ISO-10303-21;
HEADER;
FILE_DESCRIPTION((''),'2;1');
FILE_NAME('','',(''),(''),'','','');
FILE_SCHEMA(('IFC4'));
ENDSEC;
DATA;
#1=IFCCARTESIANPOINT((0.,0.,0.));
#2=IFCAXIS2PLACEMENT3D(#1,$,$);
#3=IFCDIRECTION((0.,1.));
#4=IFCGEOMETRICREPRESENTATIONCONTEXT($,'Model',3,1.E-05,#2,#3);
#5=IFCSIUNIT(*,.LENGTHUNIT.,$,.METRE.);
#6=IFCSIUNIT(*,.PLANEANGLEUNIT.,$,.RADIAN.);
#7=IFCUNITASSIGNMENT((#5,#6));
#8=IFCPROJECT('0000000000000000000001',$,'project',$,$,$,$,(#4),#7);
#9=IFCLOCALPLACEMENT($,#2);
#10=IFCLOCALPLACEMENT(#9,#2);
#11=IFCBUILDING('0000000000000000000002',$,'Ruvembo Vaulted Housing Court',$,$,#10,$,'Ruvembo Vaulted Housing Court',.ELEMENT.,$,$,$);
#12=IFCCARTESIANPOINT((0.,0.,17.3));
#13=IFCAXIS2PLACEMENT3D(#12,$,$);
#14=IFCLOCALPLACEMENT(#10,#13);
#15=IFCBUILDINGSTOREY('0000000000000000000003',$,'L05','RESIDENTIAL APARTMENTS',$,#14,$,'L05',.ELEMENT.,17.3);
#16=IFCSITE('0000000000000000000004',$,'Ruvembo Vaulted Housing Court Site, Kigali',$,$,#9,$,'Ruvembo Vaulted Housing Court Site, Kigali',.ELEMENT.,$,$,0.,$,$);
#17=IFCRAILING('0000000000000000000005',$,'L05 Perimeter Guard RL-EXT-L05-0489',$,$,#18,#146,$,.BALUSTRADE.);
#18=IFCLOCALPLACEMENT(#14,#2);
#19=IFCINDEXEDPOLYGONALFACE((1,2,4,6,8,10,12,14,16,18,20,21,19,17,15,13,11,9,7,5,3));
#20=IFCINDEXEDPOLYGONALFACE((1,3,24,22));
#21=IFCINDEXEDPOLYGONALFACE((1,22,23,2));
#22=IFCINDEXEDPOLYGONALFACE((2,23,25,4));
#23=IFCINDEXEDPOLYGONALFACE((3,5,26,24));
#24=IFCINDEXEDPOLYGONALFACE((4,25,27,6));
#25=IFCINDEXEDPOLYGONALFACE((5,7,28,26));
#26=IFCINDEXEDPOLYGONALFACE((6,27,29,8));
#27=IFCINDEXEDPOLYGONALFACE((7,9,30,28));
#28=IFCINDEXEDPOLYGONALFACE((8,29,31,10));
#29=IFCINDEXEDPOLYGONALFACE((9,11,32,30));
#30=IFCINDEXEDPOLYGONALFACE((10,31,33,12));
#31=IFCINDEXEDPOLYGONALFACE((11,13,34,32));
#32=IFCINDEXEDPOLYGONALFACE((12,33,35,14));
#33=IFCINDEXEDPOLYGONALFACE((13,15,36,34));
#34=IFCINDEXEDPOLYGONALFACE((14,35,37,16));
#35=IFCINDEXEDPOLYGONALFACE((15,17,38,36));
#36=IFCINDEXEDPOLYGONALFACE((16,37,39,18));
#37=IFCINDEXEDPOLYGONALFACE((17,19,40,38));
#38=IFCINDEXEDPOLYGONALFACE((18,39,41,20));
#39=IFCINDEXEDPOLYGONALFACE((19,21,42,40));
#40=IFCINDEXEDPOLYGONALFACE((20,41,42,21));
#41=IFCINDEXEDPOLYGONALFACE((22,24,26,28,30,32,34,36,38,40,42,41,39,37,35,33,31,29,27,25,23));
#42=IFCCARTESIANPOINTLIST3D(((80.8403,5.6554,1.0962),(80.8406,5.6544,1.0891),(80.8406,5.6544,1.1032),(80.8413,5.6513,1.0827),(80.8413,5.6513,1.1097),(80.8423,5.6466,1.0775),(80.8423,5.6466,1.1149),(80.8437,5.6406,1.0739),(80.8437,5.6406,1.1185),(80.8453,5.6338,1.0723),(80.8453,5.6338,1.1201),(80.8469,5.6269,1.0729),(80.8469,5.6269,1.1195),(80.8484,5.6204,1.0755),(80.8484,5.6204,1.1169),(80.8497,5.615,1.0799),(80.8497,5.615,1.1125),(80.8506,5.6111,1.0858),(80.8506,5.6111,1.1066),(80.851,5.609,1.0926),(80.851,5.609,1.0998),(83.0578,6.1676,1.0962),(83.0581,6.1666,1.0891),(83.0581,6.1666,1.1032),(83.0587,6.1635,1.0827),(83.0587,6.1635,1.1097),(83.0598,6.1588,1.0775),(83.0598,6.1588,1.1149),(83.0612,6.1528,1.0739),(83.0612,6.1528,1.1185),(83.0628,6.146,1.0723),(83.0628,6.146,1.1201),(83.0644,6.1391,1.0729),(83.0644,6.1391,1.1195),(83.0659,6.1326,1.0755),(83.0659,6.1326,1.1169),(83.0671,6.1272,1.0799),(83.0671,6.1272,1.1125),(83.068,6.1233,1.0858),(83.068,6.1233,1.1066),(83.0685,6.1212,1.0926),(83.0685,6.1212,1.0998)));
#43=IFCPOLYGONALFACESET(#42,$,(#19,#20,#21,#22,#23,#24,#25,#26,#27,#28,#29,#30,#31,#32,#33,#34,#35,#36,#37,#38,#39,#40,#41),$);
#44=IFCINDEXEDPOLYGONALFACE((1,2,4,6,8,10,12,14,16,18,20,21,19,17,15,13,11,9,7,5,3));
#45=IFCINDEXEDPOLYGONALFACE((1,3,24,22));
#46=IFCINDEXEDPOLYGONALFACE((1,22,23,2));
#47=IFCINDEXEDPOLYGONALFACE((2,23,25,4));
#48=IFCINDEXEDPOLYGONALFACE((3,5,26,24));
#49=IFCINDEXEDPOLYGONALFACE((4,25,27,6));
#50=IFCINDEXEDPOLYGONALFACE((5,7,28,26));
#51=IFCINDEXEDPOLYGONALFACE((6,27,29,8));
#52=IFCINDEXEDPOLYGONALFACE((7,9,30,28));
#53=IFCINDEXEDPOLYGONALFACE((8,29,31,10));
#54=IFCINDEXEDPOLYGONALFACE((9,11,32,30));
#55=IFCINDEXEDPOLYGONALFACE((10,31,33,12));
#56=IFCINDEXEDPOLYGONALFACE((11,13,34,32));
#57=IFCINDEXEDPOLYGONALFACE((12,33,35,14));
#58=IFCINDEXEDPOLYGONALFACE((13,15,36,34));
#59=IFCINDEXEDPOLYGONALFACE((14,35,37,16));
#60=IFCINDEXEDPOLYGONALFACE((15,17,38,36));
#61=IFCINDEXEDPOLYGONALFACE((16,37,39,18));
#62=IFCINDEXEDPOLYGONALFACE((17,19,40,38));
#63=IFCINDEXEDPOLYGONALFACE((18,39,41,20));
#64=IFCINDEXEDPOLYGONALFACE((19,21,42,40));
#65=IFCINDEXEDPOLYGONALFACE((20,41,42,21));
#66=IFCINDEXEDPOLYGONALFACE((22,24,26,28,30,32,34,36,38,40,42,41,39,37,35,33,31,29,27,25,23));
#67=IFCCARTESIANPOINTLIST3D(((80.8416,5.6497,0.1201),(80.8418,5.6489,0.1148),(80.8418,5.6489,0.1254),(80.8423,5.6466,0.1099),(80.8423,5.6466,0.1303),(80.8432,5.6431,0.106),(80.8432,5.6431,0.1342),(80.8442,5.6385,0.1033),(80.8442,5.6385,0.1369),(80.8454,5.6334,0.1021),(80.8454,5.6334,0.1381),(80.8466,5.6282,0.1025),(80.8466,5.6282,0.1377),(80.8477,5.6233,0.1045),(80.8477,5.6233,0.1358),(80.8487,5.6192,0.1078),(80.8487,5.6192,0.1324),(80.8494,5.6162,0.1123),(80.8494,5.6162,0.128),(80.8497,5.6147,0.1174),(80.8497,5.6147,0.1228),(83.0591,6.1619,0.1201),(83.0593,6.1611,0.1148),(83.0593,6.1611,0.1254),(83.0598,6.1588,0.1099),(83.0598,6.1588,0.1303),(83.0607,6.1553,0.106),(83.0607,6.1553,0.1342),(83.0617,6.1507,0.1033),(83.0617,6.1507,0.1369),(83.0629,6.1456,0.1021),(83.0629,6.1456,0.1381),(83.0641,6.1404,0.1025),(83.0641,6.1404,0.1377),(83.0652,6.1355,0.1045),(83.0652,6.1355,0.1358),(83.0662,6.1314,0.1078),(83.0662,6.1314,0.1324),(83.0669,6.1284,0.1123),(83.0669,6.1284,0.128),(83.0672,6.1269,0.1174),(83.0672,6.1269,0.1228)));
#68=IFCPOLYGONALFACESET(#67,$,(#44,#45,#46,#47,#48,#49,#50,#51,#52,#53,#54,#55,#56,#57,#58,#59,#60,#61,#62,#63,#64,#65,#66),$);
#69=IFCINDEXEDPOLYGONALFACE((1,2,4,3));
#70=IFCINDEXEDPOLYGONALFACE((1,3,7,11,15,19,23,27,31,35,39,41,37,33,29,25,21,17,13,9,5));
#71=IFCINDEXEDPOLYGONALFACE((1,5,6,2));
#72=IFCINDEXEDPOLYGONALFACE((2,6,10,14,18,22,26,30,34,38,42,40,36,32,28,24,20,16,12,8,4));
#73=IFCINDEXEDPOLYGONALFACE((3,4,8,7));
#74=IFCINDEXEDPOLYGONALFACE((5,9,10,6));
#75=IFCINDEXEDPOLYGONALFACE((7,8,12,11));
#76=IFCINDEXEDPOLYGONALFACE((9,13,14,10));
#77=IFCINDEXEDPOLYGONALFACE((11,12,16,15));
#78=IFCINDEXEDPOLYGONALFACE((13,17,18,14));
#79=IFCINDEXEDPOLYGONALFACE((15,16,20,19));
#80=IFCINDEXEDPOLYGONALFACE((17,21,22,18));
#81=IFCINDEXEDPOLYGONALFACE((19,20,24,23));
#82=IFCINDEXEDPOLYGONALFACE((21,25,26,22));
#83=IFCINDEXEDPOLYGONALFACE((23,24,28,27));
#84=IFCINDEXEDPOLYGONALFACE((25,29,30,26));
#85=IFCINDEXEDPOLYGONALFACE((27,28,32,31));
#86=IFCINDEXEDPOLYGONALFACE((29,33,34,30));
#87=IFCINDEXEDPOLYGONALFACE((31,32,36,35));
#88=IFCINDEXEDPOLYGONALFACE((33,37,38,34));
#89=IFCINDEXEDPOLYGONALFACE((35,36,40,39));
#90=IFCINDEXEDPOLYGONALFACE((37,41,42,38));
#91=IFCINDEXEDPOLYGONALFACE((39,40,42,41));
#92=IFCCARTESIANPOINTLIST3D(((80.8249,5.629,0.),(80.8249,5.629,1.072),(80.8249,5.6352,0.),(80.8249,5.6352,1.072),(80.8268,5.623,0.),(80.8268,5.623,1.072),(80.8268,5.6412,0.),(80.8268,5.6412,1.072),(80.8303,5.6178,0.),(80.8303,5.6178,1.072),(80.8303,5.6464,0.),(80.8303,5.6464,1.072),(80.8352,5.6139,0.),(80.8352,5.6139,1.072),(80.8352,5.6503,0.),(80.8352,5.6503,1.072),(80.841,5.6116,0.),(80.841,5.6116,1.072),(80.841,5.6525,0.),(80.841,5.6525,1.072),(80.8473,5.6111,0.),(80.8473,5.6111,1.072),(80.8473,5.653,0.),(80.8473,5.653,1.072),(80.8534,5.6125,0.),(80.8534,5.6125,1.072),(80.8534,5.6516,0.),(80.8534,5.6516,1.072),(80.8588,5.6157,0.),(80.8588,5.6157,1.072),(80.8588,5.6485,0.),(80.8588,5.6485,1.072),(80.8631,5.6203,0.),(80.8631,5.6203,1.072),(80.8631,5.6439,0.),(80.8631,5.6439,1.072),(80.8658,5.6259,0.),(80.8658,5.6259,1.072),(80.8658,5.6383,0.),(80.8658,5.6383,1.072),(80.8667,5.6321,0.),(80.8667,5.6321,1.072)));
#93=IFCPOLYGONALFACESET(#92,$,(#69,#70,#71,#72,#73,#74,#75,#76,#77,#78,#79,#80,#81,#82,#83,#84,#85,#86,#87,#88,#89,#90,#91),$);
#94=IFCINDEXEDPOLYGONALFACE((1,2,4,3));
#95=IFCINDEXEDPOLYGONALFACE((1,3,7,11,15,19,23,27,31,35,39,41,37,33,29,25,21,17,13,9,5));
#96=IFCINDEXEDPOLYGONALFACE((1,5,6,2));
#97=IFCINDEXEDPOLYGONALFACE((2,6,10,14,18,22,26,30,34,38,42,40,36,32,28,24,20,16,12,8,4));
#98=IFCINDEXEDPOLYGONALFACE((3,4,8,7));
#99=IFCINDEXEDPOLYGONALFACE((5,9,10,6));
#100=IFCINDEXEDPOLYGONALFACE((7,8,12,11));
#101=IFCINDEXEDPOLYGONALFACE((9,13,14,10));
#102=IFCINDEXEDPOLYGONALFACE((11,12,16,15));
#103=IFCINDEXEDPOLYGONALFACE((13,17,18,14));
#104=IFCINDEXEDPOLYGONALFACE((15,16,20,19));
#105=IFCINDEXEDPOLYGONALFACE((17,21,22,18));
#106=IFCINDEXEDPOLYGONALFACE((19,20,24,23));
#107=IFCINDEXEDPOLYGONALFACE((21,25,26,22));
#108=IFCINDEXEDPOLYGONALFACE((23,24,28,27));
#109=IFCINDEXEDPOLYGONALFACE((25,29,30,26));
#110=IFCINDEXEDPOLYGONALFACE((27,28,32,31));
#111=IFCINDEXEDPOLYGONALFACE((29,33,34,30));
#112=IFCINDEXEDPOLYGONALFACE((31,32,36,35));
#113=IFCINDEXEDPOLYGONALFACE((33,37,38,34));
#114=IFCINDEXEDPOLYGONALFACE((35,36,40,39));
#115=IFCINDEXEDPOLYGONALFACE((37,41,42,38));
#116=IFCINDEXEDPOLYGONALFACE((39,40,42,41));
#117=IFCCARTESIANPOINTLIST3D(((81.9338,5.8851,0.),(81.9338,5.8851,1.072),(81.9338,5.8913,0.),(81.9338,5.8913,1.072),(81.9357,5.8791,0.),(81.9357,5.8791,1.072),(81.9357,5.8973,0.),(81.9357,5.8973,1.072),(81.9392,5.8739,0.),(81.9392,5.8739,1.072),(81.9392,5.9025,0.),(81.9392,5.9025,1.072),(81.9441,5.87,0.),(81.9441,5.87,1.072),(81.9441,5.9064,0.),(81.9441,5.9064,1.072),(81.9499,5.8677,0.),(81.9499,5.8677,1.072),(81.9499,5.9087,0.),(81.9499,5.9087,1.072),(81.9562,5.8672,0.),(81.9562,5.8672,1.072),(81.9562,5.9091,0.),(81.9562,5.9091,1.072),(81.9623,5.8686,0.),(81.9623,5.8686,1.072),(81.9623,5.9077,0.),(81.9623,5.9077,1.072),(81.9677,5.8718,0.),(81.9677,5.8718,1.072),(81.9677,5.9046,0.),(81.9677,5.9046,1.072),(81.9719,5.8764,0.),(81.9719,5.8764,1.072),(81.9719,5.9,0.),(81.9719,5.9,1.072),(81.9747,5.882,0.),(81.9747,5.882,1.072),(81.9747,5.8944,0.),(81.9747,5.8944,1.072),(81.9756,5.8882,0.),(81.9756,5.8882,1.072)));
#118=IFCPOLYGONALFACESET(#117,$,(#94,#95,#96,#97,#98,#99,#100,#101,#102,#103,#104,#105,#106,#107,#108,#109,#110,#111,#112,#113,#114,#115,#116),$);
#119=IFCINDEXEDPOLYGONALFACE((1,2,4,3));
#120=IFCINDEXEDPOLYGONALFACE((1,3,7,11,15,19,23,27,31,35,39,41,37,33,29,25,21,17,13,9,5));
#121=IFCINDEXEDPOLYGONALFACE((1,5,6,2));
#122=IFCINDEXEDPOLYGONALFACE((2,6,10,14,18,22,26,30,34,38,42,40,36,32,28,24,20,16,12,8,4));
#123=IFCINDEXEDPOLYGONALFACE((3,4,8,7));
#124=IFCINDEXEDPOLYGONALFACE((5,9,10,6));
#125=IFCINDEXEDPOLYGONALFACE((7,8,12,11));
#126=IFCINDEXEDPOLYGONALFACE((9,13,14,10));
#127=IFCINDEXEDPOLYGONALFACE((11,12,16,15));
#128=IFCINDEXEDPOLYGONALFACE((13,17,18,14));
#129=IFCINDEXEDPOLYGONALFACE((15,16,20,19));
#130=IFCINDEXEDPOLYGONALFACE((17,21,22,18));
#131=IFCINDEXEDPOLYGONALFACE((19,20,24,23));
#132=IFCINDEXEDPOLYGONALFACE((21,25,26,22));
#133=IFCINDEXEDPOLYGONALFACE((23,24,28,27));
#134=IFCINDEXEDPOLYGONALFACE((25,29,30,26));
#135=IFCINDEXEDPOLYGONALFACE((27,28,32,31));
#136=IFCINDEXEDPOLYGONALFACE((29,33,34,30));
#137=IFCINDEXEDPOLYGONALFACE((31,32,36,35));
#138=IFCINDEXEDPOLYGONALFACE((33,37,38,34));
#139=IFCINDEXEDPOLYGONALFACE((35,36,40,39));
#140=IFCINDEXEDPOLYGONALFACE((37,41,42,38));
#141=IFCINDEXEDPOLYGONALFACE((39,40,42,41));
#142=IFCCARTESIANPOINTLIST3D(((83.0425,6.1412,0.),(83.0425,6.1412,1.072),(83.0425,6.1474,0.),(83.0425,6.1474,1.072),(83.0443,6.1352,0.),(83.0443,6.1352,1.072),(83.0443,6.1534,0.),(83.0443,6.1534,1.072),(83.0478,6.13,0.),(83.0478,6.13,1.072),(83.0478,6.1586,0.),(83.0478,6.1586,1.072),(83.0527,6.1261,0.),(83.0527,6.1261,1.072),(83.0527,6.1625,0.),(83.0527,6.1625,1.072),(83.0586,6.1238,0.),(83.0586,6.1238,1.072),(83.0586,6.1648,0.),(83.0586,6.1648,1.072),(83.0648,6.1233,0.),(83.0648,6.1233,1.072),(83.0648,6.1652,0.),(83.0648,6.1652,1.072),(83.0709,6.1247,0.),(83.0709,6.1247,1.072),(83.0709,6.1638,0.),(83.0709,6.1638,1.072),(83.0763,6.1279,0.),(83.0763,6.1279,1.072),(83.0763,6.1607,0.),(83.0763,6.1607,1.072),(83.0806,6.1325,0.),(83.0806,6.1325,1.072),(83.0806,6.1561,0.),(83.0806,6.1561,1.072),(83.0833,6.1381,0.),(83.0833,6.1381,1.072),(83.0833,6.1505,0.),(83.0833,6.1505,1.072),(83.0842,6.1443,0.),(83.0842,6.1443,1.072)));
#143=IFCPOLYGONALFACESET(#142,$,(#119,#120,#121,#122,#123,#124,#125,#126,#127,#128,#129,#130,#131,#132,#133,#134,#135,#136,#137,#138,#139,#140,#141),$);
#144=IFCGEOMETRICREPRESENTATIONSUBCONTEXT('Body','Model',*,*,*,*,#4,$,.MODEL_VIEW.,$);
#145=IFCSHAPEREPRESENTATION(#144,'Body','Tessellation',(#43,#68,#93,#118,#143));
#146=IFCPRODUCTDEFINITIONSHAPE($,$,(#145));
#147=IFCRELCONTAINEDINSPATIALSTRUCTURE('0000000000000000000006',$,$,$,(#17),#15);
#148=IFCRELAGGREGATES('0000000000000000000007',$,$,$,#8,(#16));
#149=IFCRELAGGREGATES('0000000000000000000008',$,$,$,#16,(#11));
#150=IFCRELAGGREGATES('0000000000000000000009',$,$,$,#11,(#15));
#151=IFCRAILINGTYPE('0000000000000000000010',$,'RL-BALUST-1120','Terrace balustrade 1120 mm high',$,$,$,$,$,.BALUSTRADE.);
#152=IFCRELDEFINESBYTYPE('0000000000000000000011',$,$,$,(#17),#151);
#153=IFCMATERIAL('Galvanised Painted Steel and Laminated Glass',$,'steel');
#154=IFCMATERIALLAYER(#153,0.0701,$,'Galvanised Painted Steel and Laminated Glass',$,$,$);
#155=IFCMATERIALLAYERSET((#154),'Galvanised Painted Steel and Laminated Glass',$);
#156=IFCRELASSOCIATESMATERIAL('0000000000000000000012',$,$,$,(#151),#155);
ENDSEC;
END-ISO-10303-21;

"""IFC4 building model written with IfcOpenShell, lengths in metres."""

from ifc_helpers import new_model, si_unit, direction, frame, origin, origin_2d, place, context, subcontext, project, spatial, circle, extrude, material, layer, layer_set, type_object, element, save


model = new_model("IFC4")

# Units and contexts
model_context = context("Model", 3, precision=1e-05, world=origin(), true_north=direction((0.0, 1.0)))
body_context = subcontext(model_context, "Body", "Model", "MODEL_VIEW")
ifc_project = project(units=[si_unit("LENGTHUNIT", "METRE"), si_unit("PLANEANGLEUNIT", "RADIAN")], contexts=[model_context])

# Site, building, storey
site_placement = place(None, origin())
site = spatial("IfcSite", under=ifc_project, at=site_placement, Name="Ruvembo Vaulted Housing Court Site, Kigali", LongName="Ruvembo Vaulted Housing Court Site, Kigali", CompositionType="ELEMENT", RefElevation=0.0)
building_placement = place(site_placement, origin())
building = spatial("IfcBuilding", under=site, at=building_placement, Name="Ruvembo Vaulted Housing Court", LongName="Ruvembo Vaulted Housing Court", CompositionType="ELEMENT")
storey_placement = place(building_placement, frame((0.0, 0.0, 17.3)))
storey = spatial("IfcBuildingStorey", under=building, at=storey_placement, Name="L05", Description="RESIDENTIAL APARTMENTS", LongName="L05", CompositionType="ELEMENT", Elevation=17.3)

# Railing
ifc_material_1 = material(Name="Galvanised Painted Steel and Laminated Glass", Category="steel")
ifc_layer_1 = layer(ifc_material_1, 0.0701, Name="Galvanised Painted Steel and Laminated Glass")
ifc_layer_set_1 = layer_set([ifc_layer_1], Name="Galvanised Painted Steel and Laminated Glass")
railing_type = type_object("IfcRailingType", Name="RL-BALUST-1120", Description="Terrace balustrade 1120 mm high", PredefinedType="BALUSTRADE", material=ifc_layer_set_1)
railing_1_placement = place(storey_placement, frame((80.8457, 5.6321, 0.0)))
element("IfcRailing", 1, at=railing_1_placement, inside=storey, type_object=railing_type, Name="L05 Perimeter Guard RL-EXT-L05-0489", PredefinedType="BALUSTRADE", context=body_context, shape_type="SweptSolid", body=[
    extrude(circle(Radius=0.0239, at=origin_2d()), frame((0.0, 0.0, 1.0962), z_axis=(0.974346, 0.225055, 0.0), x_axis=(-0.225055, 0.974346, 0.0)), (0.0, 0.0, 1.0), 2.2759),
    extrude(circle(Radius=0.0181, at=origin_2d()), frame((0.0, 0.0, 0.1201), z_axis=(0.974346, 0.225055, 0.0), x_axis=(-0.225055, 0.974346, 0.0)), (0.0, 0.0, 1.0), 2.2759),
    extrude(circle(Radius=0.021, at=origin_2d()), origin(), (0.0, 0.0, 1.0), 1.072),
    extrude(circle(Radius=0.021, at=origin_2d()), frame((1.1089, 0.2561, 0.0)), (0.0, 0.0, 1.0), 1.072),
    extrude(circle(Radius=0.021, at=origin_2d()), frame((2.2175, 0.5122, 0.0)), (0.0, 0.0, 1.0), 1.072),
])

save(model, "model.ifc")
